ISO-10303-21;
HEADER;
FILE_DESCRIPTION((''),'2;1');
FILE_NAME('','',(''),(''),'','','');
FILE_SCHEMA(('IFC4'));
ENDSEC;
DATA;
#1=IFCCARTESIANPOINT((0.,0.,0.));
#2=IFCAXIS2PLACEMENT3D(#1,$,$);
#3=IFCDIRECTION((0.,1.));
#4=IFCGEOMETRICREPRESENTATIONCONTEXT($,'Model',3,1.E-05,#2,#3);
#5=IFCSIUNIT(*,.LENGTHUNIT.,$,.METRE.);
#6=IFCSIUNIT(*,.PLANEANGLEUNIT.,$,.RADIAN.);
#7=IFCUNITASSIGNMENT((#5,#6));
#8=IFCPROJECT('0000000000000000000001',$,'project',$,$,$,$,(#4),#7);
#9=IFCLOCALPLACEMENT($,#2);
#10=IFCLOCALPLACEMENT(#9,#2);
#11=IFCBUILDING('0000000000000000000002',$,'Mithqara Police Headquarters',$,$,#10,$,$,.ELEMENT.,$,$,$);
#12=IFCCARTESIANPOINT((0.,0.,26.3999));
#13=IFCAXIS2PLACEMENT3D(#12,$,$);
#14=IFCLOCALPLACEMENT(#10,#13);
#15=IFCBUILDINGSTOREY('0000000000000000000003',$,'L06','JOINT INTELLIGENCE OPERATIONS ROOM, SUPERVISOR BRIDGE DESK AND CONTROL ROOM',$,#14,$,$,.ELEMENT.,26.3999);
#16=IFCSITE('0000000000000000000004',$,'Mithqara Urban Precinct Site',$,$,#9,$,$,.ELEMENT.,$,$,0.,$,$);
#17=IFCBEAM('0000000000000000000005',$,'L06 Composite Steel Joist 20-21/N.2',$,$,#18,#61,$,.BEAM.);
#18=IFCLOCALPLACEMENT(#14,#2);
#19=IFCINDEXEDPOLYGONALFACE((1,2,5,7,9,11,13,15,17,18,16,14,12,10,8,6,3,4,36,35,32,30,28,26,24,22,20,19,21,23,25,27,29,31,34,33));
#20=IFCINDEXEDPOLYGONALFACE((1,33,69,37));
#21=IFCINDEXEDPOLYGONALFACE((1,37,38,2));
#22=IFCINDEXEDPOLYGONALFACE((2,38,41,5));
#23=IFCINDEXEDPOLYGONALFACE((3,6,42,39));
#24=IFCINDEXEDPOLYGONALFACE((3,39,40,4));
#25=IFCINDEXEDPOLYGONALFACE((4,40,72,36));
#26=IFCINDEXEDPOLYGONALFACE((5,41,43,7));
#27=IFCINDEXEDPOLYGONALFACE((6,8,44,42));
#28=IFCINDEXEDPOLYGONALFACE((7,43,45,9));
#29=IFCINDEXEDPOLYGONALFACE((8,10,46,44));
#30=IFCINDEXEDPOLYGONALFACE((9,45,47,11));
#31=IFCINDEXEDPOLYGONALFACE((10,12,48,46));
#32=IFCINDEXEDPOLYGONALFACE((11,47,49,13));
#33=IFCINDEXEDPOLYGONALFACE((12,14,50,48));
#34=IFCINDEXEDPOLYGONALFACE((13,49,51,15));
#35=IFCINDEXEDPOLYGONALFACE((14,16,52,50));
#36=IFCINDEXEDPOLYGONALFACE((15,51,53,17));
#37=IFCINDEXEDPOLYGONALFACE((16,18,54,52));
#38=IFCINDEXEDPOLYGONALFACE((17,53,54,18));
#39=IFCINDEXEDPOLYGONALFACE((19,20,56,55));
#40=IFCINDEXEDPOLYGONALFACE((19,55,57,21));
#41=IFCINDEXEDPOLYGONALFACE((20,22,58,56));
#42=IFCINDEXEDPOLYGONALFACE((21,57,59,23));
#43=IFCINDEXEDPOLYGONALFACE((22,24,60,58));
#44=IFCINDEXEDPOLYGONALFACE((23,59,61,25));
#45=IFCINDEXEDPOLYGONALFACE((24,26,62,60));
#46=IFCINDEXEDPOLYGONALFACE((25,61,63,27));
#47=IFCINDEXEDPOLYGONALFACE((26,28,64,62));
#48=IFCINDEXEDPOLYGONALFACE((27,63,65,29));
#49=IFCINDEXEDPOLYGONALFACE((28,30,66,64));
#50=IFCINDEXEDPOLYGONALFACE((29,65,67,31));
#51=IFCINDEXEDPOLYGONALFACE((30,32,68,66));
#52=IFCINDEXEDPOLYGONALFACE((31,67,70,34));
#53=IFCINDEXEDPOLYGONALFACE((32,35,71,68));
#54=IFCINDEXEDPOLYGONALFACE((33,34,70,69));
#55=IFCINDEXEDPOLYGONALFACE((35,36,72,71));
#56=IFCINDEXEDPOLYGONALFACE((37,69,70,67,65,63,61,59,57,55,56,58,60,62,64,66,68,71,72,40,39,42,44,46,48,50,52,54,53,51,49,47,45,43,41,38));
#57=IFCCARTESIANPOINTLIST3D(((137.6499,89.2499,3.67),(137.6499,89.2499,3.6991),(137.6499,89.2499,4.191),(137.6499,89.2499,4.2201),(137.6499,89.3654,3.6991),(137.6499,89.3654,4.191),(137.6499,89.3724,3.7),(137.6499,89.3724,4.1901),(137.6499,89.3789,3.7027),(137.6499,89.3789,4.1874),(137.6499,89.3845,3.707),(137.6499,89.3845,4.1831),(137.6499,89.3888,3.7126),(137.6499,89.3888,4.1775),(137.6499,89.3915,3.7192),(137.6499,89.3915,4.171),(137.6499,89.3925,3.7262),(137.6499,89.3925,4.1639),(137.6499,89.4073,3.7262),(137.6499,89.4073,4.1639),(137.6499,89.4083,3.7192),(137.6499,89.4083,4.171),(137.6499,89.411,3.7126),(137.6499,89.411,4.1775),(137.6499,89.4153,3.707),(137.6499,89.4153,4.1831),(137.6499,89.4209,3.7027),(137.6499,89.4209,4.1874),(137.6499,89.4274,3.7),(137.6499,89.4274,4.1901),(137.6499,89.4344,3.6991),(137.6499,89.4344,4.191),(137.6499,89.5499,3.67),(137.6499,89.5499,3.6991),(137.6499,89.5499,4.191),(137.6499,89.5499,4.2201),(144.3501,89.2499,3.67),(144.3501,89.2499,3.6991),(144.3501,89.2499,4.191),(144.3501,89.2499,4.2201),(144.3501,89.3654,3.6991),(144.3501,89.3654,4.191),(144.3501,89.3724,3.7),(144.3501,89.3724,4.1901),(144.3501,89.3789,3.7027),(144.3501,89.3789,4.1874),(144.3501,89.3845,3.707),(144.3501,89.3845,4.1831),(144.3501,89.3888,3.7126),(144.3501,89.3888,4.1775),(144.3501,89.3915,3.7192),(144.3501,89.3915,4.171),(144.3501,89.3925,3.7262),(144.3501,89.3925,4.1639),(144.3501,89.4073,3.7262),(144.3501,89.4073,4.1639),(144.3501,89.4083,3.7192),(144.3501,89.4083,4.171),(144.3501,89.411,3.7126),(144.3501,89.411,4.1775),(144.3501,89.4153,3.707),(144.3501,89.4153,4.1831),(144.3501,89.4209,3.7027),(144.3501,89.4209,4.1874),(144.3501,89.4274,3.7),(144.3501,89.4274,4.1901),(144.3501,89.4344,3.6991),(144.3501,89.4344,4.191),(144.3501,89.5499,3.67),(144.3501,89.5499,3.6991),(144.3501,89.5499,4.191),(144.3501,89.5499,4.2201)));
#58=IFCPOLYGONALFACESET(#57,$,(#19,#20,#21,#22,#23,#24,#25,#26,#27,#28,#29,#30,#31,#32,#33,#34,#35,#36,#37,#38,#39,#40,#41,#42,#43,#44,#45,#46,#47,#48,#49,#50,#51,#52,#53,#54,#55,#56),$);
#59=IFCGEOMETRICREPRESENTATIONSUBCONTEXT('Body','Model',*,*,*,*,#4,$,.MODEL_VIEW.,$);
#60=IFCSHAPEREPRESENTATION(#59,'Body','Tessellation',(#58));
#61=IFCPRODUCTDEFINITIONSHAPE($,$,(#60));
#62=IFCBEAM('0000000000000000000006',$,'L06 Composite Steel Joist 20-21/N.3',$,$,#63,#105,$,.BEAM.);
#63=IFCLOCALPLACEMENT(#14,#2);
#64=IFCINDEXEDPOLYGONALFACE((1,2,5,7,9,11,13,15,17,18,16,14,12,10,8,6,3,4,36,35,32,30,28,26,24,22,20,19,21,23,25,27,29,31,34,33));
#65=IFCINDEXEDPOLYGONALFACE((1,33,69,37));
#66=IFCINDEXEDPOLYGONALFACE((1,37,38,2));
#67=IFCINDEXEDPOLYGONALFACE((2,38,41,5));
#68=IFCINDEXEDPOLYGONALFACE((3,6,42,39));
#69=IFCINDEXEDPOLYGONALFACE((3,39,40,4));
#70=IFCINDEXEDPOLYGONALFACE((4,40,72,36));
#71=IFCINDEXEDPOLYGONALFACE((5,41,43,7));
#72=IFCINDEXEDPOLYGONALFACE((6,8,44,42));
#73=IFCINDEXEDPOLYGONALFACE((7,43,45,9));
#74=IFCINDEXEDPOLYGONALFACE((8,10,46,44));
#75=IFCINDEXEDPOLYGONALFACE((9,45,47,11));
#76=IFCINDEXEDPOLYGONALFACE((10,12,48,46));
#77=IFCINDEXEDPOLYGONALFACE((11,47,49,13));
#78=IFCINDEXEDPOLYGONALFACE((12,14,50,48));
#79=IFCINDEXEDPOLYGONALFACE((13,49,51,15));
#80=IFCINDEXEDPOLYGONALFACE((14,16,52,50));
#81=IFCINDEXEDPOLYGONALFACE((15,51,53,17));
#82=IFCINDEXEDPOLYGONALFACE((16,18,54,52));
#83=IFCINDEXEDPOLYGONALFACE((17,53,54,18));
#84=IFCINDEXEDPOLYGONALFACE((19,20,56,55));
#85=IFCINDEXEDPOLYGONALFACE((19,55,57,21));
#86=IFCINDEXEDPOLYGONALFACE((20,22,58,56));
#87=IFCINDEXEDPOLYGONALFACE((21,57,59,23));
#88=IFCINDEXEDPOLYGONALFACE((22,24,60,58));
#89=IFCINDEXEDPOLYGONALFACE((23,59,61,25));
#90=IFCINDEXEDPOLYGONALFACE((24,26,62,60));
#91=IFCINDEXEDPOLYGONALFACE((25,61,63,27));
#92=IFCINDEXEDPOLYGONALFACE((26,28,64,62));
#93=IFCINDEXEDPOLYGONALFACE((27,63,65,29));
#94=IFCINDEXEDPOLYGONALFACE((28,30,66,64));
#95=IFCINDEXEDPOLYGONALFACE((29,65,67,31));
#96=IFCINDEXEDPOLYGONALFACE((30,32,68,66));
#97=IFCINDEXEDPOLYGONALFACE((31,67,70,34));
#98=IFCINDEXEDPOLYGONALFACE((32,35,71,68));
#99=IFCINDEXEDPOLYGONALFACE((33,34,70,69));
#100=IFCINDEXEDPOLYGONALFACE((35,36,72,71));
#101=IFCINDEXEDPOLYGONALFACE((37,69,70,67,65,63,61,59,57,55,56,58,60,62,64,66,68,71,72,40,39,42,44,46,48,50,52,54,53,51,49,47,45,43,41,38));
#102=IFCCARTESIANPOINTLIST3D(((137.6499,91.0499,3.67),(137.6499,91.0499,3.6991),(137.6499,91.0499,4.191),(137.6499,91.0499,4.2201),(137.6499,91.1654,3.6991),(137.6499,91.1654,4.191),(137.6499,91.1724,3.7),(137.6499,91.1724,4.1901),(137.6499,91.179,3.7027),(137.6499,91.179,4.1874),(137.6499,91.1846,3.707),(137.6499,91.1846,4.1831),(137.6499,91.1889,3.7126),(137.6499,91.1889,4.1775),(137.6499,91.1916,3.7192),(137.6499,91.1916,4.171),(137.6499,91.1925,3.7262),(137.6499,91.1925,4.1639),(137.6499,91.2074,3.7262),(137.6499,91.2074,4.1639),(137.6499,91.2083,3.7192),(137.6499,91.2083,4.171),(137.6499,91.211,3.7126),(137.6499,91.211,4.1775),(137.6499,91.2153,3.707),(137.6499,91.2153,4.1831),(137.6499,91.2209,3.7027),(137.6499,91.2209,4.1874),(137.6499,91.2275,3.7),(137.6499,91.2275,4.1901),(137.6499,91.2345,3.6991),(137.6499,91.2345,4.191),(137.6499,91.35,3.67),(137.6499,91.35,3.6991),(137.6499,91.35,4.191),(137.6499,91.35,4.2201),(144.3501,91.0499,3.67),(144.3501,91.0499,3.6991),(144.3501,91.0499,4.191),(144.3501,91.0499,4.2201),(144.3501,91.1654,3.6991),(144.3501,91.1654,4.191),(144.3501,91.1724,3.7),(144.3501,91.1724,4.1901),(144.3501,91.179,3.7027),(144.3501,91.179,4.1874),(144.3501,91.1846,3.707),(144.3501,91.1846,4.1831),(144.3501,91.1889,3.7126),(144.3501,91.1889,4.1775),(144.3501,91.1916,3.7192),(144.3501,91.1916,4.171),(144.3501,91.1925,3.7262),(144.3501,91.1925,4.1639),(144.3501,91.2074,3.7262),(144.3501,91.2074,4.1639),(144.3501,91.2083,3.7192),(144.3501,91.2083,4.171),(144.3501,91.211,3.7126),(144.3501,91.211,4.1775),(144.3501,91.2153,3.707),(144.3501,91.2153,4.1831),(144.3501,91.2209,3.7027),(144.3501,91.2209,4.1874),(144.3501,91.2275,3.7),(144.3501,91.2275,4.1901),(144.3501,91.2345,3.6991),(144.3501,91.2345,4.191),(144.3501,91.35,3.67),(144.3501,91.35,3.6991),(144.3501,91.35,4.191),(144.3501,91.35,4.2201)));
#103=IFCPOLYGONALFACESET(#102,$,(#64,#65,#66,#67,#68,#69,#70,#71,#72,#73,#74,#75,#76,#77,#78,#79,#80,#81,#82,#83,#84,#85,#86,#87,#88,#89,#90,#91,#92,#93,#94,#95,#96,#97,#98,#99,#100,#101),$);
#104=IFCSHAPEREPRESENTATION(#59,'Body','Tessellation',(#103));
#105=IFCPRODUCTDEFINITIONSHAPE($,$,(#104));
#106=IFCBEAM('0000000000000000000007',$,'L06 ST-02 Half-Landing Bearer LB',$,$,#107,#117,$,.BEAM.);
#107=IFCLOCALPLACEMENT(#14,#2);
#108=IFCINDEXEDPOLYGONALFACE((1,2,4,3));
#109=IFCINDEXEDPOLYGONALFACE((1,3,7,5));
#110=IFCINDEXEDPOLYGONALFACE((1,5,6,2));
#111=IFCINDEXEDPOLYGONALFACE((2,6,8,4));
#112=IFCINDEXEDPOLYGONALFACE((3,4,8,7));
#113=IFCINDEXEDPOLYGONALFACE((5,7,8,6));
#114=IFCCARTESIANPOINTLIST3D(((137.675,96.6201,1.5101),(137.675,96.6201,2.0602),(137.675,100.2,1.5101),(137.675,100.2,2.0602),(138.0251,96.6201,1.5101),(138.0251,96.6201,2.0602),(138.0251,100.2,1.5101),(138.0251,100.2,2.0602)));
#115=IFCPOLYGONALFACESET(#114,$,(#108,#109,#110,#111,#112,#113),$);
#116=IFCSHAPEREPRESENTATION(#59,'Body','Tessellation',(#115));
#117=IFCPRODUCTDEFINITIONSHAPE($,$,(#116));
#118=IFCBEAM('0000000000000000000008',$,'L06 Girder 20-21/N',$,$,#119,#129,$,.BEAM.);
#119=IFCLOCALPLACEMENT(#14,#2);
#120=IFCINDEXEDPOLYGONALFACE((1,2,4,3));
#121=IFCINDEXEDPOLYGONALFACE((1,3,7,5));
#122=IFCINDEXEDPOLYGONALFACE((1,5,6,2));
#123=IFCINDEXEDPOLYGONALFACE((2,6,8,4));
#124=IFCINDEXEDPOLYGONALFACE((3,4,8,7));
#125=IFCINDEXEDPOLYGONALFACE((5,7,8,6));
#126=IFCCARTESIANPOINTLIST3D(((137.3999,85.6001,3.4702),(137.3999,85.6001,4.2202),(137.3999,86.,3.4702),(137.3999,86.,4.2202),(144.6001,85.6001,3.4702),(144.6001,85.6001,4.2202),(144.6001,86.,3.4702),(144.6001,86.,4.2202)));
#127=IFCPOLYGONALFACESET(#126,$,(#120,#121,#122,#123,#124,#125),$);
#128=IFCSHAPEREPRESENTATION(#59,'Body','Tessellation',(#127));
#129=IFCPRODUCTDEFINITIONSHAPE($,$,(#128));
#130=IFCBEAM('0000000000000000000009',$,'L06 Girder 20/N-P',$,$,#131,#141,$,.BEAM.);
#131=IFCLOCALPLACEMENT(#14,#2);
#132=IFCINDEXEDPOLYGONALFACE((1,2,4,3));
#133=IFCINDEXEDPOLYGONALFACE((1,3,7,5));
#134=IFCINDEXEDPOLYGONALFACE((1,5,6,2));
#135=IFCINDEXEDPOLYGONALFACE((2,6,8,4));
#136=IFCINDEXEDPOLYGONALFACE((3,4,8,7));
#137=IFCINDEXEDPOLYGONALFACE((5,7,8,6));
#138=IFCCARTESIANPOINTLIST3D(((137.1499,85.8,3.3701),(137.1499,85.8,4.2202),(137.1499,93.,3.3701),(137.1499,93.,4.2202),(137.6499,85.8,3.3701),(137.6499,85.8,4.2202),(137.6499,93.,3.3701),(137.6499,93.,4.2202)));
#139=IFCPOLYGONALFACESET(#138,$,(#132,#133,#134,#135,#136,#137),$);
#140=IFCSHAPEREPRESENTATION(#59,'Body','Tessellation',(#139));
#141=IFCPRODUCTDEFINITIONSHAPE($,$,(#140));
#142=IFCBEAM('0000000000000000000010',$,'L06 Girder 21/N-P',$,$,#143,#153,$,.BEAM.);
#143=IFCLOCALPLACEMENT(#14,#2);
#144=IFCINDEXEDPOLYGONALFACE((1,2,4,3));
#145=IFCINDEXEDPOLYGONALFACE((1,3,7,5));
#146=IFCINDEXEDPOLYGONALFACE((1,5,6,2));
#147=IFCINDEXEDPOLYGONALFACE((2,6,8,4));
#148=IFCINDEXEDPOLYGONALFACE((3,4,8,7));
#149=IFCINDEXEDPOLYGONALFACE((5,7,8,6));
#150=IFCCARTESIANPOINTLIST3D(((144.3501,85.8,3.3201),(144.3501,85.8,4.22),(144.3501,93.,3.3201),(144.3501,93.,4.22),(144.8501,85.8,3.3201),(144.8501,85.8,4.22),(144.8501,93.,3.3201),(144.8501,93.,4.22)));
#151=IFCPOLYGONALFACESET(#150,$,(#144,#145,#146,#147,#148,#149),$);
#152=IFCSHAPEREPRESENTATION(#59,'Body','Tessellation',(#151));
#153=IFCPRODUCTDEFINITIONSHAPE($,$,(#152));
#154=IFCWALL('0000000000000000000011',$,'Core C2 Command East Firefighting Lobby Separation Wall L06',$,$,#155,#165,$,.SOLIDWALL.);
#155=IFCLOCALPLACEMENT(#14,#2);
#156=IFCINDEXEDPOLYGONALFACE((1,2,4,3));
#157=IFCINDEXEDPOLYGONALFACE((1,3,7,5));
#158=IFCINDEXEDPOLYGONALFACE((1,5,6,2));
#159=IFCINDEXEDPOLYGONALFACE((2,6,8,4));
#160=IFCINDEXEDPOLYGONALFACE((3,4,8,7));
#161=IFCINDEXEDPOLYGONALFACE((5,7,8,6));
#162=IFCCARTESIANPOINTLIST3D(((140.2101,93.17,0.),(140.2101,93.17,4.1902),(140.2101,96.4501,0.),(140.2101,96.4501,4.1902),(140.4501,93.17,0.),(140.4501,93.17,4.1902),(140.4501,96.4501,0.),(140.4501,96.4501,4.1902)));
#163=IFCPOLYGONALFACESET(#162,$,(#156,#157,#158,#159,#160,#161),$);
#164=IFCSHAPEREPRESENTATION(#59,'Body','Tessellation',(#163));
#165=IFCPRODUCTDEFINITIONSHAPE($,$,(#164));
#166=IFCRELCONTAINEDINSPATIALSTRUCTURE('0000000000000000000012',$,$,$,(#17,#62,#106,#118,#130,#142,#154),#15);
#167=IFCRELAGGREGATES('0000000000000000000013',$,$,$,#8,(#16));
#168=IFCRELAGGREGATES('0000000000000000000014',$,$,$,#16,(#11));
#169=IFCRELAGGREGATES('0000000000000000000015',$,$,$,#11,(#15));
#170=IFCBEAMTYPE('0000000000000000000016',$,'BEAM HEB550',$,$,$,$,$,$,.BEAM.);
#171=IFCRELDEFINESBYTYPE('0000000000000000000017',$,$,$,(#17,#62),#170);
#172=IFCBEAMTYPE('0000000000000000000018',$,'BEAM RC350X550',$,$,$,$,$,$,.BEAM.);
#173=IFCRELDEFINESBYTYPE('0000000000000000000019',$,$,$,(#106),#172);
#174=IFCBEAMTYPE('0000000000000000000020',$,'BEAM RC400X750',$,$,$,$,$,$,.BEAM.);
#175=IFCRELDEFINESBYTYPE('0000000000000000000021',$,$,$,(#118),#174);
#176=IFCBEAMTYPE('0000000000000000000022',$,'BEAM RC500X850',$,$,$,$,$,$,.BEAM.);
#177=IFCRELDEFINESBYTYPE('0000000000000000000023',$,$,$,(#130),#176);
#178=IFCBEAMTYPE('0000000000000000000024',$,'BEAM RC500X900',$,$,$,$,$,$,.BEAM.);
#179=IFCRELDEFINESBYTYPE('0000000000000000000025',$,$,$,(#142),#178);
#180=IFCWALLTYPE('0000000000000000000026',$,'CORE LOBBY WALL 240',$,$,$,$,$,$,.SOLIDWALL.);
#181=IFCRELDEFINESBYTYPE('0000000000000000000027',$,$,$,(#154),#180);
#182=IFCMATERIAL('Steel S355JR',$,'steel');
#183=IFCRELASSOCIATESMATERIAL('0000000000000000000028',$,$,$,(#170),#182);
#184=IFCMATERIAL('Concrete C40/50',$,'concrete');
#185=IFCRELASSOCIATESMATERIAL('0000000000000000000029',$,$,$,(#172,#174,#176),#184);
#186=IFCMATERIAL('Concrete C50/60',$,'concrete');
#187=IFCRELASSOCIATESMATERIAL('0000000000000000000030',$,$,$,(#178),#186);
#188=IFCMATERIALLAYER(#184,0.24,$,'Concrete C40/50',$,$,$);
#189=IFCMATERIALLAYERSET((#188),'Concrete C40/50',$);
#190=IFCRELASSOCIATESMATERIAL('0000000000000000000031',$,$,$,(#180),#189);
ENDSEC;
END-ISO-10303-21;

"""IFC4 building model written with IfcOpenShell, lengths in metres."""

from ifc_helpers import new_model, si_unit, direction, frame, frame_2d, origin, origin_2d, place, context, subcontext, project, spatial, rectangle, i_section, extrude, material, layer, layer_set, material_profile, profile_set, type_object, element, save


model = new_model("IFC4")

# Units and contexts
model_context = context("Model", 3, precision=1e-05, world=origin(), true_north=direction((0.0, 1.0)))
body_context = subcontext(model_context, "Body", "Model", "MODEL_VIEW")
ifc_project = project(units=[si_unit("LENGTHUNIT", "METRE"), si_unit("PLANEANGLEUNIT", "RADIAN")], contexts=[model_context])

# Site, building, storey
site_placement = place(None, origin())
site = spatial("IfcSite", under=ifc_project, at=site_placement, Name="Mithqara Urban Precinct Site", CompositionType="ELEMENT", RefElevation=0.0)
building_placement = place(site_placement, origin())
building = spatial("IfcBuilding", under=site, at=building_placement, Name="Mithqara Police Headquarters", CompositionType="ELEMENT")
storey_placement = place(building_placement, frame((0.0, 0.0, 26.3999)))
storey = spatial("IfcBuildingStorey", under=building, at=storey_placement, Name="L06", Description="JOINT INTELLIGENCE OPERATIONS ROOM, SUPERVISOR BRIDGE DESK AND CONTROL ROOM", CompositionType="ELEMENT", Elevation=26.3999)

# Shared definitions
ifc_material_1 = material(Name="Concrete C50/60", Category="concrete")

# Beams
ifc_material_2 = material(Name="Steel S355JR", Category="steel")
ifc_material_profile_1 = material_profile(ifc_material_2, i_section(OverallWidth=0.3, OverallDepth=0.55, WebThickness=0.0149, FlangeThickness=0.0291, FilletRadius=0.0271, at=origin_2d()), Name="HEB 550")
ifc_profile_set_1 = profile_set([ifc_material_profile_1], Name="Steel S355JR")
beam_type_1 = type_object("IfcBeamType", Name="BEAM HEB550", PredefinedType="BEAM", material=ifc_profile_set_1)
for number, where, z_axis, x_axis, name in (
    (1, (137.6499, 89.3999, 3.9451), (1.0, 0.0, 0.0), (0.0, 1.0, 0.0), "L06 Composite Steel Joist 20-21/N.2"),
    (2, (137.6499, 91.2, 3.9451), (1.0, 0.0, 0.0), (0.0, 1.0, 0.0), "L06 Composite Steel Joist 20-21/N.3"),
):
    element("IfcBeam", number, at=place(storey_placement, frame(where, z_axis=z_axis, x_axis=x_axis)), inside=storey, type_object=beam_type_1, Name=name, PredefinedType="BEAM", context=body_context, shape_type="SweptSolid", body=[
        extrude(i_section(OverallWidth=0.3, OverallDepth=0.55, WebThickness=0.0149, FlangeThickness=0.0291, FilletRadius=0.0271, at=origin_2d()), origin(), (0.0, 0.0, 1.0), 6.7002),
    ])
ifc_material_3 = material(Name="Concrete C40/50", Category="concrete")
ifc_material_profile_2 = material_profile(ifc_material_3, rectangle(XDim=0.3501, YDim=0.55, at=origin_2d()), Name="RC 350x550")
ifc_profile_set_2 = profile_set([ifc_material_profile_2], Name="Concrete C40/50")
beam_type_2 = type_object("IfcBeamType", Name="BEAM RC350X550", PredefinedType="BEAM", material=ifc_profile_set_2)
beam_1_placement = place(storey_placement, frame((137.8501, 96.6201, 1.7852), z_axis=(0.0, 1.0, 0.0), x_axis=(-1.0, 0.0, 0.0)))
element("IfcBeam", 3, at=beam_1_placement, inside=storey, type_object=beam_type_2, Name="L06 ST-02 Half-Landing Bearer LB", PredefinedType="BEAM", context=body_context, shape_type="SweptSolid", body=[
    extrude(rectangle(XDim=0.3501, YDim=0.55, at=origin_2d()), origin(), (0.0, 0.0, 1.0), 3.5798),
])
ifc_material_profile_3 = material_profile(ifc_material_3, rectangle(XDim=0.3999, YDim=0.75, at=origin_2d()), Name="RC 400x750")
ifc_profile_set_3 = profile_set([ifc_material_profile_3], Name="Concrete C40/50")
beam_type_3 = type_object("IfcBeamType", Name="BEAM RC400X750", PredefinedType="BEAM", material=ifc_profile_set_3)
beam_2_placement = place(storey_placement, frame((137.3999, 85.8, 3.8452), z_axis=(1.0, 0.0, 0.0), x_axis=(0.0, 1.0, 0.0)))
element("IfcBeam", 4, at=beam_2_placement, inside=storey, type_object=beam_type_3, Name="L06 Girder 20-21/N", PredefinedType="BEAM", context=body_context, shape_type="SweptSolid", body=[
    extrude(rectangle(XDim=0.3999, YDim=0.75, at=origin_2d()), origin(), (0.0, 0.0, 1.0), 7.2002),
])
ifc_material_profile_4 = material_profile(ifc_material_3, rectangle(XDim=0.5, YDim=0.8501, at=origin_2d()), Name="RC 500x850")
ifc_profile_set_4 = profile_set([ifc_material_profile_4], Name="Concrete C40/50")
beam_type_4 = type_object("IfcBeamType", Name="BEAM RC500X850", PredefinedType="BEAM", material=ifc_profile_set_4)
beam_3_placement = place(storey_placement, frame((137.3999, 85.8, 3.7952), z_axis=(0.0, 1.0, 0.0), x_axis=(-1.0, 0.0, 0.0)))
element("IfcBeam", 5, at=beam_3_placement, inside=storey, type_object=beam_type_4, Name="L06 Girder 20/N-P", PredefinedType="BEAM", context=body_context, shape_type="SweptSolid", body=[
    extrude(rectangle(XDim=0.5, YDim=0.8501, at=origin_2d()), origin(), (0.0, 0.0, 1.0), 7.2),
])
ifc_material_profile_5 = material_profile(ifc_material_1, rectangle(XDim=0.5, YDim=0.8999, at=origin_2d()), Name="RC 500x900")
ifc_profile_set_5 = profile_set([ifc_material_profile_5], Name="Concrete C50/60")
beam_type_5 = type_object("IfcBeamType", Name="BEAM RC500X900", PredefinedType="BEAM", material=ifc_profile_set_5)
beam_4_placement = place(storey_placement, frame((144.6001, 85.8, 3.77), z_axis=(0.0, 1.0, 0.0), x_axis=(-1.0, 0.0, 0.0)))
element("IfcBeam", 6, at=beam_4_placement, inside=storey, type_object=beam_type_5, Name="L06 Girder 21/N-P", PredefinedType="BEAM", context=body_context, shape_type="SweptSolid", body=[
    extrude(rectangle(XDim=0.5, YDim=0.8999, at=origin_2d()), origin(), (0.0, 0.0, 1.0), 7.2),
])

# Wall
ifc_layer_1 = layer(ifc_material_3, 0.24, Name="Concrete C40/50")
ifc_layer_set_1 = layer_set([ifc_layer_1], Name="Concrete C40/50")
wall_type_1 = type_object("IfcWallType", Name="CORE LOBBY WALL 240", PredefinedType="SOLIDWALL", material=ifc_layer_set_1)
wall_1_placement = place(storey_placement, frame((140.3301, 93.1699, 0.0), z_axis=(0.0, 0.0, 1.0), x_axis=(0.0, 1.0, 0.0)))
element("IfcWall", 7, at=wall_1_placement, inside=storey, type_object=wall_type_1, Name="Core C2 Command East Firefighting Lobby Separation Wall L06", PredefinedType="SOLIDWALL", context=body_context, shape_type="SweptSolid", body=[
    extrude(rectangle(XDim=3.28, YDim=0.24, at=frame_2d((1.6401, 0.0))), origin(), (0.0, 0.0, 1.0), 4.1902),
])

save(model, "model.ifc")
